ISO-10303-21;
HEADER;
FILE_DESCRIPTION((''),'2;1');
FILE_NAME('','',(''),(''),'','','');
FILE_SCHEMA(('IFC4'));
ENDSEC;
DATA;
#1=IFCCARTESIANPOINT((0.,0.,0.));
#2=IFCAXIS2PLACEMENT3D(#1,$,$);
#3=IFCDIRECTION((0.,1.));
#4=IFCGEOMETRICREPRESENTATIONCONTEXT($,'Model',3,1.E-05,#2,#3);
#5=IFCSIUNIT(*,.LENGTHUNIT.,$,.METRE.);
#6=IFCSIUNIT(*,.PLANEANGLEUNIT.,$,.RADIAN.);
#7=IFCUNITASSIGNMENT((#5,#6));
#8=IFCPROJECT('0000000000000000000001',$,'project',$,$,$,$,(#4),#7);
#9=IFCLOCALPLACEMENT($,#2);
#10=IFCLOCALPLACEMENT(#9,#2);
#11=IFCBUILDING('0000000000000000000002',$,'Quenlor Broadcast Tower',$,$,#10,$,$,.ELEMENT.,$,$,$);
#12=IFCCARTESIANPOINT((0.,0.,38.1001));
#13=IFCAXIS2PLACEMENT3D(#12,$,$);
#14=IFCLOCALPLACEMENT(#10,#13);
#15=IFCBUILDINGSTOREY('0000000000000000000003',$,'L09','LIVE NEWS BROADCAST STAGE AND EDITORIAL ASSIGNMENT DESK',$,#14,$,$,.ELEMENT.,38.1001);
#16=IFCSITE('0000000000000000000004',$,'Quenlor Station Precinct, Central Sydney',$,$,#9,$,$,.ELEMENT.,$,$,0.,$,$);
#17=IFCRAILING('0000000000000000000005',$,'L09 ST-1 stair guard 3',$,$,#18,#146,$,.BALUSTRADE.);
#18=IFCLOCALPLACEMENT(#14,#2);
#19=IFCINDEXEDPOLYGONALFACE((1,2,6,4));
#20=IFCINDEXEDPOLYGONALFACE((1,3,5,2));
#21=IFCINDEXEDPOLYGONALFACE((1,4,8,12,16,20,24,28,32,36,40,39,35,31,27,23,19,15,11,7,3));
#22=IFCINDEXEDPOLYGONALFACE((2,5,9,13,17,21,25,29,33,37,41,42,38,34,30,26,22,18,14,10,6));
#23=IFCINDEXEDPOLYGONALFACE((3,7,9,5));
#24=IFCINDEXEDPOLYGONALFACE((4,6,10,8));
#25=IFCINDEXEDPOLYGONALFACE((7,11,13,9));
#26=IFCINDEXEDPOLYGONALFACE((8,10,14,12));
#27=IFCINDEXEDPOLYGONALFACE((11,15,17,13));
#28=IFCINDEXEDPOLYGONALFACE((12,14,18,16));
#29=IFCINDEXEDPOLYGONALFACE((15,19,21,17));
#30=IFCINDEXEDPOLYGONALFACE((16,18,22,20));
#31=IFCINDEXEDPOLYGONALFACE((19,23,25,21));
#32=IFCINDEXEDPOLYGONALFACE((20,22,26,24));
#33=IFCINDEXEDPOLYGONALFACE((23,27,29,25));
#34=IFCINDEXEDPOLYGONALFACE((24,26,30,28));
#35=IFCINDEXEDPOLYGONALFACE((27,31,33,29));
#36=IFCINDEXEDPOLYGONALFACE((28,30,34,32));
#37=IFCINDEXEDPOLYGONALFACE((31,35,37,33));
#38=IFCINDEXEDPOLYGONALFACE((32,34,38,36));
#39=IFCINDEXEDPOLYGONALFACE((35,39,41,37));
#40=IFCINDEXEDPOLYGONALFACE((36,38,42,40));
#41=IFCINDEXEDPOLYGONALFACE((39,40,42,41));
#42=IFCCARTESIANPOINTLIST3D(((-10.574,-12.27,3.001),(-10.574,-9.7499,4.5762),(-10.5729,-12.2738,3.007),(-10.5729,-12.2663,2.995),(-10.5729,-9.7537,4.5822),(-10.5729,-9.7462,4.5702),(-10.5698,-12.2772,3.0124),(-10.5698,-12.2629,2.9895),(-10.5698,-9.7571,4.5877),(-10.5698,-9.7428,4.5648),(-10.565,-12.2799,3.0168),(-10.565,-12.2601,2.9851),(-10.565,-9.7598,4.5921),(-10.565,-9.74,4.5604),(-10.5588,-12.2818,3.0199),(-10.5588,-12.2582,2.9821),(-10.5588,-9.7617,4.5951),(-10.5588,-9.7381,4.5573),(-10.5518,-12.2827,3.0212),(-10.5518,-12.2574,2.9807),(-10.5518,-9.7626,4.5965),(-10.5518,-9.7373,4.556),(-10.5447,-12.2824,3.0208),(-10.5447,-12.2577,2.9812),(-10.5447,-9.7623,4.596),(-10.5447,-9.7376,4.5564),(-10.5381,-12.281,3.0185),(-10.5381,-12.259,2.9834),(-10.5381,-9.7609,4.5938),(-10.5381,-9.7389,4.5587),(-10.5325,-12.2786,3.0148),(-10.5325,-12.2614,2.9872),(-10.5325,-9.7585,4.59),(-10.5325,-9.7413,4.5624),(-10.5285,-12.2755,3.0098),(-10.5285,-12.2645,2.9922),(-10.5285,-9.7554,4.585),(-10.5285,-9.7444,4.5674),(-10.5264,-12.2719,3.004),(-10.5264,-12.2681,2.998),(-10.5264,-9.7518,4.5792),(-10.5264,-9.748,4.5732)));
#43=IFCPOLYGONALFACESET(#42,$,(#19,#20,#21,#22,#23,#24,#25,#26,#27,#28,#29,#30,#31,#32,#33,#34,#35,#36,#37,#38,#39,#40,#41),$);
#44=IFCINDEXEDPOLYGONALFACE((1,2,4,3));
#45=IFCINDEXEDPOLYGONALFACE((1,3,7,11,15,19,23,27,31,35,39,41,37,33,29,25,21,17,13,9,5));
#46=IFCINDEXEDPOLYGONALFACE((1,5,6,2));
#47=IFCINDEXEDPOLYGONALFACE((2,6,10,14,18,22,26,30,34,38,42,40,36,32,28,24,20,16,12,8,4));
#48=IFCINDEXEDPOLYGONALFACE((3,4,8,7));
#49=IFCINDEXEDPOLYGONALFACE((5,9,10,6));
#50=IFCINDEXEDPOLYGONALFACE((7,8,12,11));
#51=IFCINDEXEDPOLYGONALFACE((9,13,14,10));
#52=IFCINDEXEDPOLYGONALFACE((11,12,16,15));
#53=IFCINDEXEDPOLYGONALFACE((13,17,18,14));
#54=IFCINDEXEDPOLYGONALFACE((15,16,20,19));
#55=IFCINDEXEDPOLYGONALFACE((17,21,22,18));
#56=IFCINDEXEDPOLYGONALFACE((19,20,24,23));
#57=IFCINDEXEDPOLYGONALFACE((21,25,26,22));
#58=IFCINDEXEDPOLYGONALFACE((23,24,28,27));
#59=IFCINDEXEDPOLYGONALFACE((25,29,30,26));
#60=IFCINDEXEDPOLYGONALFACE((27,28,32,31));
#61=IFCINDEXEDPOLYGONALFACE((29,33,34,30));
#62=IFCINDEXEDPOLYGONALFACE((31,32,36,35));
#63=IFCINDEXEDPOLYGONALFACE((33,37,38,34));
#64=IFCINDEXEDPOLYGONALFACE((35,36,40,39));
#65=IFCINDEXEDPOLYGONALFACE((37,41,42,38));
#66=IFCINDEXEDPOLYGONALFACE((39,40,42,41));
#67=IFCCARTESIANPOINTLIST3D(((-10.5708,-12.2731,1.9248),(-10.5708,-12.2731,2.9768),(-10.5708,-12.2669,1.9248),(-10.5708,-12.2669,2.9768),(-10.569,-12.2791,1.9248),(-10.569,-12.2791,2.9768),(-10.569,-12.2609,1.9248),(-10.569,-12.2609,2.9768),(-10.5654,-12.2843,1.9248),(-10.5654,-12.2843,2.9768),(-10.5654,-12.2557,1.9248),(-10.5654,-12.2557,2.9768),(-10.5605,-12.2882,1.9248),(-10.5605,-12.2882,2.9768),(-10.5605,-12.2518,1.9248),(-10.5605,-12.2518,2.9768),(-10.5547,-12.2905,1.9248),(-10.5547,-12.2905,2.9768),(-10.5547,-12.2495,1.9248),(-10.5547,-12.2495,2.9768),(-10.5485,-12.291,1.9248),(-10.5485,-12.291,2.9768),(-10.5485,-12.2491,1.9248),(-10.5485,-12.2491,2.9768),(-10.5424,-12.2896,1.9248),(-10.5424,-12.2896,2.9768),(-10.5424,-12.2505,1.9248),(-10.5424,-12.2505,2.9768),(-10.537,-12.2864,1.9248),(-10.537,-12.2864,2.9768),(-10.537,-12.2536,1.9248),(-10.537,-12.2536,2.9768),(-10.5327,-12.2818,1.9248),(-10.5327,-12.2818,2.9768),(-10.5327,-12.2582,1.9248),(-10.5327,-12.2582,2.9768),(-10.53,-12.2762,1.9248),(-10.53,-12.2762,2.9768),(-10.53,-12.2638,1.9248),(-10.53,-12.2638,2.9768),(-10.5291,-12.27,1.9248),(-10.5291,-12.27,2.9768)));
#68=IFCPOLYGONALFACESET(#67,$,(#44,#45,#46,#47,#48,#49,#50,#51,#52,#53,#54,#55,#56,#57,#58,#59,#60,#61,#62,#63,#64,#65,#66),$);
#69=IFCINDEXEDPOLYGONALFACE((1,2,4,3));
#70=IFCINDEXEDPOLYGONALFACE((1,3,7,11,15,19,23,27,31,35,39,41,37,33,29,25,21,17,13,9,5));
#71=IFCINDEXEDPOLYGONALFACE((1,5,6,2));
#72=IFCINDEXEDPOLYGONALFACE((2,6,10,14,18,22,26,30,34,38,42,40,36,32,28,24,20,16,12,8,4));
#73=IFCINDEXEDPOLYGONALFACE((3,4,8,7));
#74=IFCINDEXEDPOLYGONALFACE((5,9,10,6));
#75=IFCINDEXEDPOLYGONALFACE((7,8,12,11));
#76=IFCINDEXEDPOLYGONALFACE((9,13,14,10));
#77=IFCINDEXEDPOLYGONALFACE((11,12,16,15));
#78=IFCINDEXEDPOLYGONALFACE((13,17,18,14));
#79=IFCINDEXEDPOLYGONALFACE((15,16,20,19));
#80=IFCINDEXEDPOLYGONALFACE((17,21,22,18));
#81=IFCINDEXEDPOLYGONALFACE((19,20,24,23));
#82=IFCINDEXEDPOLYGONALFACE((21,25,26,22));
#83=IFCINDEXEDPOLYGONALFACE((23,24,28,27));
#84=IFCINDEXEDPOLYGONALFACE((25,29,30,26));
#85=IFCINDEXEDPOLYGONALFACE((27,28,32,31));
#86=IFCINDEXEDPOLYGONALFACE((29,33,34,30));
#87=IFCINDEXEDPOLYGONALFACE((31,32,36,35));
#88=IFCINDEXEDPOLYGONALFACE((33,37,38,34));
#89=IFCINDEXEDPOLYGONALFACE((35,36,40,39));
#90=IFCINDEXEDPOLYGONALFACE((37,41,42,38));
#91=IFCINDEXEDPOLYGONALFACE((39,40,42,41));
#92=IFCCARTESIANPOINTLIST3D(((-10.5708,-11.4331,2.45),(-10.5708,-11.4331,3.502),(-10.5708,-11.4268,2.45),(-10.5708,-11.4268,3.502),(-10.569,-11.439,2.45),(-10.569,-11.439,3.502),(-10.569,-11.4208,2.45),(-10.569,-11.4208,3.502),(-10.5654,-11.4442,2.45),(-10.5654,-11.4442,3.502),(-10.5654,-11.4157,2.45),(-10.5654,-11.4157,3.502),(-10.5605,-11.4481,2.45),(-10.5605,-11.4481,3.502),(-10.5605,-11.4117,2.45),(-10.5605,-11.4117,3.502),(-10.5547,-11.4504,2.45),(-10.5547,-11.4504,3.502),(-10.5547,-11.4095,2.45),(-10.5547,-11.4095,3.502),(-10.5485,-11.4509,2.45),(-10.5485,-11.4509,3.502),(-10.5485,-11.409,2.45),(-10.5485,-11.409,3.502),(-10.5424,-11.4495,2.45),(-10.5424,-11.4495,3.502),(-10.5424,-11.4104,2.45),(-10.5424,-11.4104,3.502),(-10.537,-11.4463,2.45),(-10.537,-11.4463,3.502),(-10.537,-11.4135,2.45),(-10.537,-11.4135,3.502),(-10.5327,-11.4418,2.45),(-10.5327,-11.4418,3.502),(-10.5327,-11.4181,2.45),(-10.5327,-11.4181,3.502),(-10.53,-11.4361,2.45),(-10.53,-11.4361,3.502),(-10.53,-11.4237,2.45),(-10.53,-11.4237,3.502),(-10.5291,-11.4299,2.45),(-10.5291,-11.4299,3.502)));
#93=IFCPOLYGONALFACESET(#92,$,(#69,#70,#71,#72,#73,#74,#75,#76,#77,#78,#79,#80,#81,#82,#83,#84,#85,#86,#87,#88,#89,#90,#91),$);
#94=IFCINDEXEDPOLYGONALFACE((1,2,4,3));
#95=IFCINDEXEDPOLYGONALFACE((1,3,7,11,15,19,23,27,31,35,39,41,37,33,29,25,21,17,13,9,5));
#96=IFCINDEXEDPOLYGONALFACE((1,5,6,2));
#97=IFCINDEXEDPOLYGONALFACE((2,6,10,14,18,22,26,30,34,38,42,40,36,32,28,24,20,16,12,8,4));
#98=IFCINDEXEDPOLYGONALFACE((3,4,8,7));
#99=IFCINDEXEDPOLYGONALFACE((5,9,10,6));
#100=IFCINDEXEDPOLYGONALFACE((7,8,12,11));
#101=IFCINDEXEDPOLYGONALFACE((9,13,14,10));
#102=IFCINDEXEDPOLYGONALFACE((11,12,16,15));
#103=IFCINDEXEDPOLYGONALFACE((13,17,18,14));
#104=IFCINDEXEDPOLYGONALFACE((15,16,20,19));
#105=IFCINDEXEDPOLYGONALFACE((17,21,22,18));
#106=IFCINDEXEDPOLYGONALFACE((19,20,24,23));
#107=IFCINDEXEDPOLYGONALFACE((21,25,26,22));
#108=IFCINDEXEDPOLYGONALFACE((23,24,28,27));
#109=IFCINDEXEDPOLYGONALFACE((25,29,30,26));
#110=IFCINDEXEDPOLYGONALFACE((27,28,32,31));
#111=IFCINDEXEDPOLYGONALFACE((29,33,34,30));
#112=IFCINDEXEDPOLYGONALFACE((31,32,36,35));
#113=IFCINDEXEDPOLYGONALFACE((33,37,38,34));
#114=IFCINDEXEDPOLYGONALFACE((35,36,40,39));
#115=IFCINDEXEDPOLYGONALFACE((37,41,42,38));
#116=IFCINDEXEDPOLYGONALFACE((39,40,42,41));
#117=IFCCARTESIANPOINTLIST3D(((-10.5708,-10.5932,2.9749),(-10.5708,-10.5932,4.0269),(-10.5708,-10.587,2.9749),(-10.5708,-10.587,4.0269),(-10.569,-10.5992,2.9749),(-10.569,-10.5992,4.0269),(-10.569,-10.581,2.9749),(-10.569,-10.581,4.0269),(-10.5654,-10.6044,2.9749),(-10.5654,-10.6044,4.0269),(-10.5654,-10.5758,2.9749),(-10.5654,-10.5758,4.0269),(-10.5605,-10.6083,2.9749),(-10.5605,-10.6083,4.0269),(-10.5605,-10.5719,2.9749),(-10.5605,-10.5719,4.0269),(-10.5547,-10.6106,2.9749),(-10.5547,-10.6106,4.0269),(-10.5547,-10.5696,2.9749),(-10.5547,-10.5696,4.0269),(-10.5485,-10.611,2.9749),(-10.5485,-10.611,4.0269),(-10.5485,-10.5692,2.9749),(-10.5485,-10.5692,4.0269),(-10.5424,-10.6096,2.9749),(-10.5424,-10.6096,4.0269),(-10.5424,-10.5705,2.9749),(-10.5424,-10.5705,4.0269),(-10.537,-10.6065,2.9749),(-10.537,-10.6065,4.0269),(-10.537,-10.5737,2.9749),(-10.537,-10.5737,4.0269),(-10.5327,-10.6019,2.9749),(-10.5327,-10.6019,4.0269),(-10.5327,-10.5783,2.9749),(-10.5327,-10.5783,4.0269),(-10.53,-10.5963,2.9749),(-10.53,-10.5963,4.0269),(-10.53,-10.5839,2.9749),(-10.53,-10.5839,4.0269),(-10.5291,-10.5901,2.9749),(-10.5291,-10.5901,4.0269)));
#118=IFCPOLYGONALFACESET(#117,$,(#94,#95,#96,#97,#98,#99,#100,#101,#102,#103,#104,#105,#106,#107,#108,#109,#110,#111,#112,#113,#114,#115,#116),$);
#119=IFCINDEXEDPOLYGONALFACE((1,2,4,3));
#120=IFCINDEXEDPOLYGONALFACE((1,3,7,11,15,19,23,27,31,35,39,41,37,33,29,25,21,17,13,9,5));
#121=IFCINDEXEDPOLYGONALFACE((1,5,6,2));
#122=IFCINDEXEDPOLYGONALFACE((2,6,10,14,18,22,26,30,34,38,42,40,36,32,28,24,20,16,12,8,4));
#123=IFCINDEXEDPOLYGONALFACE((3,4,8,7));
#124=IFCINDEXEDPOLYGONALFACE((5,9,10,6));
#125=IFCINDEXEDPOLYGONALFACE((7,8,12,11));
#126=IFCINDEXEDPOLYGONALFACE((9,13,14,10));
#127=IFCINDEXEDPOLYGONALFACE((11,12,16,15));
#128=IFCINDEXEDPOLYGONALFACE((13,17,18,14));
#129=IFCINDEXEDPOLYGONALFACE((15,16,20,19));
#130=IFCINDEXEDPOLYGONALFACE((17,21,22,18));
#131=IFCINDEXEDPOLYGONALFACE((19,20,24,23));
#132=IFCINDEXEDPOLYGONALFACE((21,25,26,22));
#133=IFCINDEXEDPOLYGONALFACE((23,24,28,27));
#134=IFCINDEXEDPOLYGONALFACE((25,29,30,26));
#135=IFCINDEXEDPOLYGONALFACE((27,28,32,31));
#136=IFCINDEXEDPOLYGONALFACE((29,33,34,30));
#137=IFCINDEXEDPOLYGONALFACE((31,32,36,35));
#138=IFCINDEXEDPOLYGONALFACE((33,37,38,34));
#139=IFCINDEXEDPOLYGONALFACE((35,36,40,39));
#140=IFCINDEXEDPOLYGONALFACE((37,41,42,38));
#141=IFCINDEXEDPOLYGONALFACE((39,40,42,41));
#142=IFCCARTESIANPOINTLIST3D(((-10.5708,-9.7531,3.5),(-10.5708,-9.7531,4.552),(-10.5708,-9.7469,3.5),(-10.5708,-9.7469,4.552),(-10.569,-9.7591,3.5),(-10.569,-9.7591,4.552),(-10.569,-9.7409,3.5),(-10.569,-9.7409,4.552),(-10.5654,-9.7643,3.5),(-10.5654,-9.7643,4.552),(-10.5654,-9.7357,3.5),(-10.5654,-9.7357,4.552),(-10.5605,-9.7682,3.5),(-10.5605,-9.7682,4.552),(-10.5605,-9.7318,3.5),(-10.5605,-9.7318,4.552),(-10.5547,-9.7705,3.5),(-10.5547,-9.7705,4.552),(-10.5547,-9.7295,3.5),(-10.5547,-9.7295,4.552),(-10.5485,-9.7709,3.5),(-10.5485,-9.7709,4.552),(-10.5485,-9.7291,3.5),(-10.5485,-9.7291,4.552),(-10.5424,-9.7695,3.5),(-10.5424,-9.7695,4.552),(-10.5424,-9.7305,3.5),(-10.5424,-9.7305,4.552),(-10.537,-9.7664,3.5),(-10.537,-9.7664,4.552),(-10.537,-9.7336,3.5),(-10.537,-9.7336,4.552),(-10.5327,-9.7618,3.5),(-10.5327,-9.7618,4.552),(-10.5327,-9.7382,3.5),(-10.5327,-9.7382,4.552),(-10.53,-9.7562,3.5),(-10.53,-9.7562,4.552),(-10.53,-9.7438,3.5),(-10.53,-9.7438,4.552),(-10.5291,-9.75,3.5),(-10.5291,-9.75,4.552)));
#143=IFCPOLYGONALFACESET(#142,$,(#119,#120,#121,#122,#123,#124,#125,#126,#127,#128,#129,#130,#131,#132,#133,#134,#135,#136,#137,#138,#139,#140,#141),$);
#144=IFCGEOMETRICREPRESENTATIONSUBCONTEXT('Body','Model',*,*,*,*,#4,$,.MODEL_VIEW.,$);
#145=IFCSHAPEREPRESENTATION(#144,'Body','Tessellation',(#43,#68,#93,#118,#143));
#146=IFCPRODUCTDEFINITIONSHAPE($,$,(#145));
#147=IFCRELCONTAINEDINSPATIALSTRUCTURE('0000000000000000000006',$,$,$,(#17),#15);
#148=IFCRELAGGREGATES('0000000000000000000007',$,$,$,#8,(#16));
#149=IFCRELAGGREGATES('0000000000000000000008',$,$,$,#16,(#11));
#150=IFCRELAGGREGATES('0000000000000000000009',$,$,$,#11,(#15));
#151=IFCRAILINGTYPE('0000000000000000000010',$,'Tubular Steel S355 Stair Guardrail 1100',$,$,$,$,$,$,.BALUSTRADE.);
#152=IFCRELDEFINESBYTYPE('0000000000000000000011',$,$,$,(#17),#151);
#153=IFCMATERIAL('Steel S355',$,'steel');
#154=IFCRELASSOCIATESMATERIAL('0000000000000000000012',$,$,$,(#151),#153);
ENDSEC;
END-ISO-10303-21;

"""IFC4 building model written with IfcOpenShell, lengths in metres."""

from ifc_helpers import new_model, si_unit, direction, frame, origin, origin_2d, place, context, subcontext, project, spatial, circle, extrude, material, type_object, element, save


model = new_model("IFC4")

# Units and contexts
model_context = context("Model", 3, precision=1e-05, world=origin(), true_north=direction((0.0, 1.0)))
body_context = subcontext(model_context, "Body", "Model", "MODEL_VIEW")
ifc_project = project(units=[si_unit("LENGTHUNIT", "METRE"), si_unit("PLANEANGLEUNIT", "RADIAN")], contexts=[model_context])

# Site, building, storey
site_placement = place(None, origin())
site = spatial("IfcSite", under=ifc_project, at=site_placement, Name="Quenlor Station Precinct, Central Sydney", CompositionType="ELEMENT", RefElevation=0.0)
building_placement = place(site_placement, origin())
building = spatial("IfcBuilding", under=site, at=building_placement, Name="Quenlor Broadcast Tower", CompositionType="ELEMENT")
storey_placement = place(building_placement, frame((0.0, 0.0, 38.1001)))
storey = spatial("IfcBuildingStorey", under=building, at=storey_placement, Name="L09", Description="LIVE NEWS BROADCAST STAGE AND EDITORIAL ASSIGNMENT DESK", CompositionType="ELEMENT", Elevation=38.1001)

# Railing
ifc_material_1 = material(Name="Steel S355", Category="steel")
railing_type_1 = type_object("IfcRailingType", Name="Tubular Steel S355 Stair Guardrail 1100", PredefinedType="BALUSTRADE", material=ifc_material_1)
railing_1_placement = place(storey_placement, frame((-10.55, -12.27, 1.9248)))
element("IfcRailing", 1, at=railing_1_placement, inside=storey, type_object=railing_type_1, Name="L09 ST-1 stair guard 3", PredefinedType="BALUSTRADE", context=body_context, shape_type="SweptSolid", body=[
    extrude(circle(Radius=0.0239, at=origin_2d()), frame((0.0, 0.0, 1.0762), z_axis=(0.0, 0.847971, 0.530043), x_axis=(-1.0, 0.0, 0.0)), (0.0, 0.0, 1.0), 2.9719),
    extrude(circle(Radius=0.021, at=origin_2d()), origin(), (0.0, 0.0, 1.0), 1.052),
    extrude(circle(Radius=0.021, at=origin_2d()), frame((0.0, 0.8401, 0.5251)), (0.0, 0.0, 1.0), 1.052),
    extrude(circle(Radius=0.021, at=origin_2d()), frame((0.0, 1.6799, 1.05)), (0.0, 0.0, 1.0), 1.052),
    extrude(circle(Radius=0.021, at=origin_2d()), frame((0.0, 2.52, 1.5752)), (0.0, 0.0, 1.0), 1.052),
])

save(model, "model.ifc")
